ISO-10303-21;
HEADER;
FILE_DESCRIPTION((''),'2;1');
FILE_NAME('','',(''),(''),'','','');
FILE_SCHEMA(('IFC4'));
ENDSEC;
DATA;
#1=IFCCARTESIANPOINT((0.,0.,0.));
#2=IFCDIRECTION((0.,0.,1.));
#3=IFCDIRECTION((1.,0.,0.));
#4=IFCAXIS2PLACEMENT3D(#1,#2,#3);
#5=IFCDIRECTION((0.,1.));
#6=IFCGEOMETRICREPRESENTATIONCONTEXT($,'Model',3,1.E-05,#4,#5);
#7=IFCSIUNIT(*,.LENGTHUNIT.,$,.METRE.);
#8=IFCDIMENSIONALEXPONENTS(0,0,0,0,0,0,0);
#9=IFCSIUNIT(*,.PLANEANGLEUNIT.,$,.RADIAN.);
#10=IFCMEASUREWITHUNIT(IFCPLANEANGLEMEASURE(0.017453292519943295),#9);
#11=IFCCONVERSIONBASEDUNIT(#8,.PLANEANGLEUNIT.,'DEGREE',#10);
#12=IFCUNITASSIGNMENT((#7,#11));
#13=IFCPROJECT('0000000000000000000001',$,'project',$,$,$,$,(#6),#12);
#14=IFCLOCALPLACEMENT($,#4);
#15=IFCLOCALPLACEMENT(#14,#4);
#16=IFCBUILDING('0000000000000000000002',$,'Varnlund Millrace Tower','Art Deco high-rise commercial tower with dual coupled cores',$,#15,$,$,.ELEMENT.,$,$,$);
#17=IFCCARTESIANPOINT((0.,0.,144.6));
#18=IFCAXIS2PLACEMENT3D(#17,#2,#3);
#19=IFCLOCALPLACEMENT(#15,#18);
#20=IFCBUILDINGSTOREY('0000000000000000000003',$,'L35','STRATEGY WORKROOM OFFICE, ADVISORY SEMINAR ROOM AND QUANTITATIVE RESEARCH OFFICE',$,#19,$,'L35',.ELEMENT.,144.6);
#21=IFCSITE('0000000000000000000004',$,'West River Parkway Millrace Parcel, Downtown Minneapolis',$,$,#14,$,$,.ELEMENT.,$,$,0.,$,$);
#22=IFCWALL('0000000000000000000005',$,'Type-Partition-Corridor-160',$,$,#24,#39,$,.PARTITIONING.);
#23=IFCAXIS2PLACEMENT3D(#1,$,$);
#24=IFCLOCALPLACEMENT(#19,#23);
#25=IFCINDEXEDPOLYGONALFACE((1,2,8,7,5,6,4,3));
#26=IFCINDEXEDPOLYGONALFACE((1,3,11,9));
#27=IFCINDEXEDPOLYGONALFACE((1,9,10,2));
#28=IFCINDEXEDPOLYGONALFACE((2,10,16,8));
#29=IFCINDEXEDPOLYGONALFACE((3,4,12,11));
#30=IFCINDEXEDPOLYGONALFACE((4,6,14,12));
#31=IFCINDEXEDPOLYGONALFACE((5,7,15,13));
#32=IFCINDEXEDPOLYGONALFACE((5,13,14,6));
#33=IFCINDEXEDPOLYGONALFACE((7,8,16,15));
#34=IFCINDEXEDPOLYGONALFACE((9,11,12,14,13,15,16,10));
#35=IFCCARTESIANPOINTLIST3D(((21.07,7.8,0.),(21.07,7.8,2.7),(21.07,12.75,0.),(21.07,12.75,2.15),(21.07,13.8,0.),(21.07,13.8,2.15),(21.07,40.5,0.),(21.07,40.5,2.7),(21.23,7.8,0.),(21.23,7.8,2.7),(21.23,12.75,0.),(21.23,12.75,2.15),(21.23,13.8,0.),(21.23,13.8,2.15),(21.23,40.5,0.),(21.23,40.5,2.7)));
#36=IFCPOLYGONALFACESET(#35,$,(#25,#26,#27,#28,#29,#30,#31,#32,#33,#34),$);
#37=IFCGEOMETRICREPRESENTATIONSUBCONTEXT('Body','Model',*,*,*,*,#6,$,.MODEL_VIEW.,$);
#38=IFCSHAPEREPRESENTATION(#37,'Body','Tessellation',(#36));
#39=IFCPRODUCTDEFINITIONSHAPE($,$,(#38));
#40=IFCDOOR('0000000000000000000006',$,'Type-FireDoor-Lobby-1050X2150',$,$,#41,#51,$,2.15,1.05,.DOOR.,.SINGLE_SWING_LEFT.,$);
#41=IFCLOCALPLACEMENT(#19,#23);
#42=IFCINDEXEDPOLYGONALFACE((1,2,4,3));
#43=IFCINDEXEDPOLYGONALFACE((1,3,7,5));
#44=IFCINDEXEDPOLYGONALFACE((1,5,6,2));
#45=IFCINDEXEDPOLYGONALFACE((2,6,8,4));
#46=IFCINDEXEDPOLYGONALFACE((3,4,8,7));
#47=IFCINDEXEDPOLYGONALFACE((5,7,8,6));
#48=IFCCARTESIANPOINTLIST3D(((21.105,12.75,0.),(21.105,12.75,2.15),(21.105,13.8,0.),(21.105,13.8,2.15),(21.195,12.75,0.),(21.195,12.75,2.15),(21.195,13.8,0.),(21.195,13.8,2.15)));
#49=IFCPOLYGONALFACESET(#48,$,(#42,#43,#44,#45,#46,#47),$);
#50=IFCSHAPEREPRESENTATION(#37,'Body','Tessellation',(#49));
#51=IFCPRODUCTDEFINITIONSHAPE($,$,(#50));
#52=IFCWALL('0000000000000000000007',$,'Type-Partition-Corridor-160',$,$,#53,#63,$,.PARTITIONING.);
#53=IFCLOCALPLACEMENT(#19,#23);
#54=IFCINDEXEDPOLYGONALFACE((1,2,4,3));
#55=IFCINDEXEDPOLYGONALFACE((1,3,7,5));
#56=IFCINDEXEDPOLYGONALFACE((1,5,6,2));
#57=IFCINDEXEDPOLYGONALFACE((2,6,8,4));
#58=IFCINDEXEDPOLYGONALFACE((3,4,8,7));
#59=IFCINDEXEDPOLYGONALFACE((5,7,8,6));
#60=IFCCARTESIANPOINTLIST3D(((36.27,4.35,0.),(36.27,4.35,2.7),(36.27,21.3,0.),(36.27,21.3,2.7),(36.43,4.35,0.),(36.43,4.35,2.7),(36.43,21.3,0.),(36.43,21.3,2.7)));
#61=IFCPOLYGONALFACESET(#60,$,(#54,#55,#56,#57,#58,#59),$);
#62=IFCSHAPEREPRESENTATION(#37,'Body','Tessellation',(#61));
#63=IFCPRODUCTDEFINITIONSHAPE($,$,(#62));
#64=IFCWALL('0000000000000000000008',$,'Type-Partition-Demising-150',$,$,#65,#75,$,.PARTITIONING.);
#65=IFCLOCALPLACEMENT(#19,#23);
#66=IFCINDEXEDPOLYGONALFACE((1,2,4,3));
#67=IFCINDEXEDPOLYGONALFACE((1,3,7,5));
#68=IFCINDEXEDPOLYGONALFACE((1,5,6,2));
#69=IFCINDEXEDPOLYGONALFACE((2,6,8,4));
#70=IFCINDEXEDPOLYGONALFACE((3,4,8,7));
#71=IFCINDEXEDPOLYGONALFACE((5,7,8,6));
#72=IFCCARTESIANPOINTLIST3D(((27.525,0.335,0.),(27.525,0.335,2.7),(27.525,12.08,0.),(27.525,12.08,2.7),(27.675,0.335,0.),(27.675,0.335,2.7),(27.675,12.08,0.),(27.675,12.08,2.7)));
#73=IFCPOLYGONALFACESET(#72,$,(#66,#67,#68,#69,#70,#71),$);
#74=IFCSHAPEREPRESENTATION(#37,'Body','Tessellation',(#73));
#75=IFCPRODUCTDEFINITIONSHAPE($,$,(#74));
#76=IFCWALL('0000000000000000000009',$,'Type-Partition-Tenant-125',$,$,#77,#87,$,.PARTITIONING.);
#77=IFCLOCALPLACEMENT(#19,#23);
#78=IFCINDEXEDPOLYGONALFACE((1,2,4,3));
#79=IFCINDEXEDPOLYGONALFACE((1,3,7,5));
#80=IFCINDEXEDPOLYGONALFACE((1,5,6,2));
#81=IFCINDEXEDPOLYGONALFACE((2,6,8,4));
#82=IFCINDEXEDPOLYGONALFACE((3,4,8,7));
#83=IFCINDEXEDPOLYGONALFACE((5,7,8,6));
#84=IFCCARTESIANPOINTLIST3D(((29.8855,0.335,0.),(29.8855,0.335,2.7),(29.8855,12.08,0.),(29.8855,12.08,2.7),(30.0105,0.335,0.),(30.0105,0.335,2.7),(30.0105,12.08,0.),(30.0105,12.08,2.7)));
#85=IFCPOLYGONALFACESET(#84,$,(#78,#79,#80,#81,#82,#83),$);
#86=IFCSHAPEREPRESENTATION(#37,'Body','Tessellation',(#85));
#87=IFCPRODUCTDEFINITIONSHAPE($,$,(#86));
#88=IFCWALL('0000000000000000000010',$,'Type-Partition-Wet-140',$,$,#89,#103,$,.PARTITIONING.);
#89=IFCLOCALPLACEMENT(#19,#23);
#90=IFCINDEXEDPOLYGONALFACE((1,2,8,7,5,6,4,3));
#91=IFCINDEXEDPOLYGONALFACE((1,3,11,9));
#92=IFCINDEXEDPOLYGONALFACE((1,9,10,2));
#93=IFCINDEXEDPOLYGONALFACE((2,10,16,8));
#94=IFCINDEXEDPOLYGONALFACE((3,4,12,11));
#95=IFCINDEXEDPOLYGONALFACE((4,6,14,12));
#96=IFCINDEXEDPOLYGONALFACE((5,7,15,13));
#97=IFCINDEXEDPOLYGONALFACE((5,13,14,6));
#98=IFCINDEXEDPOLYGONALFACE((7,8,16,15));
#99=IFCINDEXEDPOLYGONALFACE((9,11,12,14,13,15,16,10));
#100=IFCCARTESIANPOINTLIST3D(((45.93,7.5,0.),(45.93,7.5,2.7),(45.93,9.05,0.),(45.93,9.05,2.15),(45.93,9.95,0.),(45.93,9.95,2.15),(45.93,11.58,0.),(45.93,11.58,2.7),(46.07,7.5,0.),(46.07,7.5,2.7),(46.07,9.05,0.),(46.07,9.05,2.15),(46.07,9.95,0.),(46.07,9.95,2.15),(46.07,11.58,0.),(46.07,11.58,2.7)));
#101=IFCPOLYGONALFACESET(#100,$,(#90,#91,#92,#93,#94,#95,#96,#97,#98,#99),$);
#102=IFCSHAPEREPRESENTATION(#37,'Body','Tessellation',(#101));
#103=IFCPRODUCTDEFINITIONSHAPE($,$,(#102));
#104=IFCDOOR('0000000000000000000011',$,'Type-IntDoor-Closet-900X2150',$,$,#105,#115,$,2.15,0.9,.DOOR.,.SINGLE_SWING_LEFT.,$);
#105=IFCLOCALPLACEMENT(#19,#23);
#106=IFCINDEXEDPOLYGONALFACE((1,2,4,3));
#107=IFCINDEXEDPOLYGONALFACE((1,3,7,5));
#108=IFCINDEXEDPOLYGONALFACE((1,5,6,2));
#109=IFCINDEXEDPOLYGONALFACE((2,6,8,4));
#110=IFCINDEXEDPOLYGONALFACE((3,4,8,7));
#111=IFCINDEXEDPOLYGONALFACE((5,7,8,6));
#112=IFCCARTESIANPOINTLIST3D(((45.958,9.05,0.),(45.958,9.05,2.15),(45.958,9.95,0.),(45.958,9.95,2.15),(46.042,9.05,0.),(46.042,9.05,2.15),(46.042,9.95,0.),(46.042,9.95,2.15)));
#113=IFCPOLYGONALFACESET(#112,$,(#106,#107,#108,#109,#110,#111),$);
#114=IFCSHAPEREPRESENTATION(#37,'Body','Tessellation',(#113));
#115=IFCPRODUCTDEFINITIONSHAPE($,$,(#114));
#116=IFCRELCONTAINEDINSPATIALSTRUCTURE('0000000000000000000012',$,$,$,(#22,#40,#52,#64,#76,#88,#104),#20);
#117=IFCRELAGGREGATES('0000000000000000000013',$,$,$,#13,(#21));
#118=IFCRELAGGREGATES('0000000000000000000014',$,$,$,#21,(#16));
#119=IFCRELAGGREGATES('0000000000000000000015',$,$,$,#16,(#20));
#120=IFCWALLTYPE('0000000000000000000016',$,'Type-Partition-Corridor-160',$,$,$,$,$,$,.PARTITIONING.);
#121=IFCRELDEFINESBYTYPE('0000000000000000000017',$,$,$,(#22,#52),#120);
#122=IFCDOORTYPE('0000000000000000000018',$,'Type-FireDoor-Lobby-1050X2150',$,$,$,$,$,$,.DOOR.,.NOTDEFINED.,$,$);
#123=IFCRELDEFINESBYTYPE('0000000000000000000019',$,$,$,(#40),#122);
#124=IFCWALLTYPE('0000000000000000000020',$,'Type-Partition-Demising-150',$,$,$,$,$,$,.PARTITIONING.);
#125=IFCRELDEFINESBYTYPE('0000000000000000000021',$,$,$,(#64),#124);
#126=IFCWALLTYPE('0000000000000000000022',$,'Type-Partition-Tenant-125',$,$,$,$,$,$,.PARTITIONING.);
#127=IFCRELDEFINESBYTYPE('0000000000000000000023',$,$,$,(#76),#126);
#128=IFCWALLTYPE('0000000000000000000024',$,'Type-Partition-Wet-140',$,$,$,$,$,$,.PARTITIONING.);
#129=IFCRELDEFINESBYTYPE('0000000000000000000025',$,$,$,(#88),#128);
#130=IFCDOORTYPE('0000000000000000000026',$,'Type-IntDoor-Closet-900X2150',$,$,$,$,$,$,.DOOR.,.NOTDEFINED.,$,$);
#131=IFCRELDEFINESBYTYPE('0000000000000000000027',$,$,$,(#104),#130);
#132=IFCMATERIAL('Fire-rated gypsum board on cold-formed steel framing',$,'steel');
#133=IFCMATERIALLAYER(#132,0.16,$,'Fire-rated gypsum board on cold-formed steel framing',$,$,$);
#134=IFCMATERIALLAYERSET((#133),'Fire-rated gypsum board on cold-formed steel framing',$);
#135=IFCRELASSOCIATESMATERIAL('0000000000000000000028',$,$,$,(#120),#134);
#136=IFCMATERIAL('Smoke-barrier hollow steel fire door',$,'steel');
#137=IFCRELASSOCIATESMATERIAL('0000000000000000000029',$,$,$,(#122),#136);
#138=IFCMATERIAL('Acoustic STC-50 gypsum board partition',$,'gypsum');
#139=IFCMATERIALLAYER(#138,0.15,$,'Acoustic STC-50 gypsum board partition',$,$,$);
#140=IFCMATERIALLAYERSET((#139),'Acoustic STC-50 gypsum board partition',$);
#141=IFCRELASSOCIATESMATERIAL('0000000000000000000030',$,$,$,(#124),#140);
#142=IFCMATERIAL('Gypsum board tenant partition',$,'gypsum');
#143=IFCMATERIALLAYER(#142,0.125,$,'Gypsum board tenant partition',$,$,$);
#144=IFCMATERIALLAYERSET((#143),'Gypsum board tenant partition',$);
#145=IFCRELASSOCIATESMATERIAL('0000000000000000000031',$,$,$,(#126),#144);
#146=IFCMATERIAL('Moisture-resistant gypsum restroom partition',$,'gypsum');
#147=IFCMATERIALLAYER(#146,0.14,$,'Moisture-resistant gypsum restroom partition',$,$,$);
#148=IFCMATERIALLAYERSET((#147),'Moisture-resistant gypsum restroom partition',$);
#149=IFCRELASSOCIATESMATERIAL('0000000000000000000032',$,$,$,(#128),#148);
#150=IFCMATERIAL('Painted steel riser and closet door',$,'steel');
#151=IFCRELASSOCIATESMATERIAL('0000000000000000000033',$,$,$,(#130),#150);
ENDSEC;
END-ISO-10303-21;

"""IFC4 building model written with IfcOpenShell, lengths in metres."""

from ifc_helpers import new_model, entity, si_unit, converted_unit, direction, frame, origin_with_axes, origin_2d_with_axis, place, context, subcontext, project, spatial, polyline, rectangle, outline, extrude, material, layer, layer_set, type_object, element, fill, save


model = new_model("IFC4")

# Units and contexts
model_context = context("Model", 3, precision=1e-05, world=origin_with_axes(), true_north=direction((0.0, 1.0)))
body_context = subcontext(model_context, "Body", "Model", "MODEL_VIEW")
ifc_project = project(units=[si_unit("LENGTHUNIT", "METRE"), converted_unit("PLANEANGLEUNIT", "DEGREE", entity("IfcPlaneAngleMeasure", 0.017453292519943295), si_unit("PLANEANGLEUNIT", "RADIAN"), dimensions=[0, 0, 0, 0, 0, 0, 0])], contexts=[model_context])

# Site, building, storey
site_placement = place(None, origin_with_axes())
site = spatial("IfcSite", under=ifc_project, at=site_placement, Name="West River Parkway Millrace Parcel, Downtown Minneapolis", CompositionType="ELEMENT", RefElevation=0.0)
building_placement = place(site_placement, origin_with_axes())
building = spatial("IfcBuilding", under=site, at=building_placement, Name="Varnlund Millrace Tower", Description="Art Deco high-rise commercial tower with dual coupled cores", CompositionType="ELEMENT")
storey_placement = place(building_placement, frame((0.0, 0.0, 144.6), z_axis=(0.0, 0.0, 1.0), x_axis=(1.0, 0.0, 0.0)))
storey = spatial("IfcBuildingStorey", under=building, at=storey_placement, Name="L35", Description="STRATEGY WORKROOM OFFICE, ADVISORY SEMINAR ROOM AND QUANTITATIVE RESEARCH OFFICE", LongName="L35", CompositionType="ELEMENT", Elevation=144.6)

# Wall, opening, door
ifc_material_1 = material(Name="Fire-rated gypsum board on cold-formed steel framing", Category="steel")
ifc_layer_1 = layer(ifc_material_1, 0.16, Name="Fire-rated gypsum board on cold-formed steel framing")
ifc_layer_set_1 = layer_set([ifc_layer_1], Name="Fire-rated gypsum board on cold-formed steel framing")
wall_type_1 = type_object("IfcWallType", Name="Type-Partition-Corridor-160", PredefinedType="PARTITIONING", material=ifc_layer_set_1)
wall_1_placement = place(storey_placement, frame((21.15, 7.8, 0.0), z_axis=(0.0, 0.0, 1.0), x_axis=(0.0, 1.0, 0.0)))
wall_1 = element("IfcWall", 1, at=wall_1_placement, inside=storey, type_object=wall_type_1, Name="Type-Partition-Corridor-160", PredefinedType="PARTITIONING", context=body_context, shape_type="SweptSolid", body=[
    extrude(outline(polyline([(0.0, -0.08), (32.7, -0.08), (32.7, 0.08), (0.0, 0.08), (0.0, -0.08)])), origin_with_axes(), (0.0, 0.0, 1.0), 2.7),
])
opening_1_placement = place(wall_1_placement, frame((5.475, 0.0, 0.0), z_axis=(0.0, 0.0, 1.0), x_axis=(1.0, 0.0, 0.0)))
opening_1 = element("IfcOpeningElement", 2, at=opening_1_placement, cuts=wall_1, PredefinedType="OPENING", context=body_context, shape_type="SweptSolid", body=[
    extrude(rectangle(XDim=1.05, YDim=0.18, at=origin_2d_with_axis()), origin_with_axes(), (0.0, 0.0, 1.0), 2.15),
])
ifc_material_2 = material(Name="Smoke-barrier hollow steel fire door", Category="steel")
door_type_1 = type_object("IfcDoorType", Name="Type-FireDoor-Lobby-1050X2150", OperationType="NOTDEFINED", PredefinedType="DOOR", material=ifc_material_2)
door_1_placement = place(wall_1_placement, frame((5.475, 0.0, 0.0), z_axis=(0.0, 0.0, 1.0), x_axis=(1.0, 0.0, 0.0)))
door_1 = element("IfcDoor", 3, at=door_1_placement, inside=storey, type_object=door_type_1, Name="Type-FireDoor-Lobby-1050X2150", OperationType="SINGLE_SWING_LEFT", OverallHeight=2.15, OverallWidth=1.05, PredefinedType="DOOR", context=body_context, shape_type="SweptSolid", body=[
    extrude(rectangle(XDim=1.05, YDim=0.09, at=origin_2d_with_axis()), origin_with_axes(), (0.0, 0.0, 1.0), 2.15),
])
fill(opening_1, door_1)

# Walls
wall_2_placement = place(storey_placement, frame((36.35, 4.35, 0.0), z_axis=(0.0, 0.0, 1.0), x_axis=(0.0, 1.0, 0.0)))
element("IfcWall", 4, at=wall_2_placement, inside=storey, type_object=wall_type_1, Name="Type-Partition-Corridor-160", PredefinedType="PARTITIONING", context=body_context, shape_type="SweptSolid", body=[
    extrude(outline(polyline([(0.0, -0.08), (16.95, -0.08), (16.95, 0.08), (0.0, 0.08), (0.0, -0.08)])), origin_with_axes(), (0.0, 0.0, 1.0), 2.7),
])
ifc_material_3 = material(Name="Acoustic STC-50 gypsum board partition", Category="gypsum")
ifc_layer_2 = layer(ifc_material_3, 0.15, Name="Acoustic STC-50 gypsum board partition")
ifc_layer_set_2 = layer_set([ifc_layer_2], Name="Acoustic STC-50 gypsum board partition")
wall_type_2 = type_object("IfcWallType", Name="Type-Partition-Demising-150", PredefinedType="PARTITIONING", material=ifc_layer_set_2)
wall_3_placement = place(storey_placement, frame((27.6, 0.335, 0.0), z_axis=(0.0, 0.0, 1.0), x_axis=(0.0, 1.0, 0.0)))
element("IfcWall", 5, at=wall_3_placement, inside=storey, type_object=wall_type_2, Name="Type-Partition-Demising-150", PredefinedType="PARTITIONING", context=body_context, shape_type="SweptSolid", body=[
    extrude(outline(polyline([(0.0, -0.075), (11.745, -0.075), (11.745, 0.075), (0.0, 0.075), (0.0, -0.075)])), origin_with_axes(), (0.0, 0.0, 1.0), 2.7),
])
ifc_material_4 = material(Name="Gypsum board tenant partition", Category="gypsum")
ifc_layer_3 = layer(ifc_material_4, 0.125, Name="Gypsum board tenant partition")
ifc_layer_set_3 = layer_set([ifc_layer_3], Name="Gypsum board tenant partition")
wall_type_3 = type_object("IfcWallType", Name="Type-Partition-Tenant-125", PredefinedType="PARTITIONING", material=ifc_layer_set_3)
wall_4_placement = place(storey_placement, frame((29.948, 0.335, 0.0), z_axis=(0.0, 0.0, 1.0), x_axis=(0.0, 1.0, 0.0)))
element("IfcWall", 6, at=wall_4_placement, inside=storey, type_object=wall_type_3, Name="Type-Partition-Tenant-125", PredefinedType="PARTITIONING", context=body_context, shape_type="SweptSolid", body=[
    extrude(outline(polyline([(0.0, -0.0625), (11.745, -0.0625), (11.745, 0.0625), (0.0, 0.0625), (0.0, -0.0625)])), origin_with_axes(), (0.0, 0.0, 1.0), 2.7),
])

# Wall, opening, door
ifc_material_5 = material(Name="Moisture-resistant gypsum restroom partition", Category="gypsum")
ifc_layer_4 = layer(ifc_material_5, 0.14, Name="Moisture-resistant gypsum restroom partition")
ifc_layer_set_4 = layer_set([ifc_layer_4], Name="Moisture-resistant gypsum restroom partition")
wall_type_4 = type_object("IfcWallType", Name="Type-Partition-Wet-140", PredefinedType="PARTITIONING", material=ifc_layer_set_4)
wall_5_placement = place(storey_placement, frame((46.0, 7.5, 0.0), z_axis=(0.0, 0.0, 1.0), x_axis=(0.0, 1.0, 0.0)))
wall_5 = element("IfcWall", 7, at=wall_5_placement, inside=storey, type_object=wall_type_4, Name="Type-Partition-Wet-140", PredefinedType="PARTITIONING", context=body_context, shape_type="SweptSolid", body=[
    extrude(outline(polyline([(0.0, -0.07), (4.08, -0.07), (4.08, 0.07), (0.0, 0.07), (0.0, -0.07)])), origin_with_axes(), (0.0, 0.0, 1.0), 2.7),
])
opening_2_placement = place(wall_5_placement, frame((2.0, 0.0, 0.0), z_axis=(0.0, 0.0, 1.0), x_axis=(1.0, 0.0, 0.0)))
opening_2 = element("IfcOpeningElement", 8, at=opening_2_placement, cuts=wall_5, PredefinedType="OPENING", context=body_context, shape_type="SweptSolid", body=[
    extrude(rectangle(XDim=0.9, YDim=0.16, at=origin_2d_with_axis()), origin_with_axes(), (0.0, 0.0, 1.0), 2.15),
])
ifc_material_6 = material(Name="Painted steel riser and closet door", Category="steel")
door_type_2 = type_object("IfcDoorType", Name="Type-IntDoor-Closet-900X2150", OperationType="NOTDEFINED", PredefinedType="DOOR", material=ifc_material_6)
door_2_placement = place(wall_5_placement, frame((2.0, 0.0, 0.0), z_axis=(0.0, 0.0, 1.0), x_axis=(1.0, 0.0, 0.0)))
door_2 = element("IfcDoor", 9, at=door_2_placement, inside=storey, type_object=door_type_2, Name="Type-IntDoor-Closet-900X2150", OperationType="SINGLE_SWING_LEFT", OverallHeight=2.15, OverallWidth=0.9, PredefinedType="DOOR", context=body_context, shape_type="SweptSolid", body=[
    extrude(rectangle(XDim=0.9, YDim=0.084, at=origin_2d_with_axis()), origin_with_axes(), (0.0, 0.0, 1.0), 2.15),
])
fill(opening_2, door_2)

save(model, "model.ifc")
